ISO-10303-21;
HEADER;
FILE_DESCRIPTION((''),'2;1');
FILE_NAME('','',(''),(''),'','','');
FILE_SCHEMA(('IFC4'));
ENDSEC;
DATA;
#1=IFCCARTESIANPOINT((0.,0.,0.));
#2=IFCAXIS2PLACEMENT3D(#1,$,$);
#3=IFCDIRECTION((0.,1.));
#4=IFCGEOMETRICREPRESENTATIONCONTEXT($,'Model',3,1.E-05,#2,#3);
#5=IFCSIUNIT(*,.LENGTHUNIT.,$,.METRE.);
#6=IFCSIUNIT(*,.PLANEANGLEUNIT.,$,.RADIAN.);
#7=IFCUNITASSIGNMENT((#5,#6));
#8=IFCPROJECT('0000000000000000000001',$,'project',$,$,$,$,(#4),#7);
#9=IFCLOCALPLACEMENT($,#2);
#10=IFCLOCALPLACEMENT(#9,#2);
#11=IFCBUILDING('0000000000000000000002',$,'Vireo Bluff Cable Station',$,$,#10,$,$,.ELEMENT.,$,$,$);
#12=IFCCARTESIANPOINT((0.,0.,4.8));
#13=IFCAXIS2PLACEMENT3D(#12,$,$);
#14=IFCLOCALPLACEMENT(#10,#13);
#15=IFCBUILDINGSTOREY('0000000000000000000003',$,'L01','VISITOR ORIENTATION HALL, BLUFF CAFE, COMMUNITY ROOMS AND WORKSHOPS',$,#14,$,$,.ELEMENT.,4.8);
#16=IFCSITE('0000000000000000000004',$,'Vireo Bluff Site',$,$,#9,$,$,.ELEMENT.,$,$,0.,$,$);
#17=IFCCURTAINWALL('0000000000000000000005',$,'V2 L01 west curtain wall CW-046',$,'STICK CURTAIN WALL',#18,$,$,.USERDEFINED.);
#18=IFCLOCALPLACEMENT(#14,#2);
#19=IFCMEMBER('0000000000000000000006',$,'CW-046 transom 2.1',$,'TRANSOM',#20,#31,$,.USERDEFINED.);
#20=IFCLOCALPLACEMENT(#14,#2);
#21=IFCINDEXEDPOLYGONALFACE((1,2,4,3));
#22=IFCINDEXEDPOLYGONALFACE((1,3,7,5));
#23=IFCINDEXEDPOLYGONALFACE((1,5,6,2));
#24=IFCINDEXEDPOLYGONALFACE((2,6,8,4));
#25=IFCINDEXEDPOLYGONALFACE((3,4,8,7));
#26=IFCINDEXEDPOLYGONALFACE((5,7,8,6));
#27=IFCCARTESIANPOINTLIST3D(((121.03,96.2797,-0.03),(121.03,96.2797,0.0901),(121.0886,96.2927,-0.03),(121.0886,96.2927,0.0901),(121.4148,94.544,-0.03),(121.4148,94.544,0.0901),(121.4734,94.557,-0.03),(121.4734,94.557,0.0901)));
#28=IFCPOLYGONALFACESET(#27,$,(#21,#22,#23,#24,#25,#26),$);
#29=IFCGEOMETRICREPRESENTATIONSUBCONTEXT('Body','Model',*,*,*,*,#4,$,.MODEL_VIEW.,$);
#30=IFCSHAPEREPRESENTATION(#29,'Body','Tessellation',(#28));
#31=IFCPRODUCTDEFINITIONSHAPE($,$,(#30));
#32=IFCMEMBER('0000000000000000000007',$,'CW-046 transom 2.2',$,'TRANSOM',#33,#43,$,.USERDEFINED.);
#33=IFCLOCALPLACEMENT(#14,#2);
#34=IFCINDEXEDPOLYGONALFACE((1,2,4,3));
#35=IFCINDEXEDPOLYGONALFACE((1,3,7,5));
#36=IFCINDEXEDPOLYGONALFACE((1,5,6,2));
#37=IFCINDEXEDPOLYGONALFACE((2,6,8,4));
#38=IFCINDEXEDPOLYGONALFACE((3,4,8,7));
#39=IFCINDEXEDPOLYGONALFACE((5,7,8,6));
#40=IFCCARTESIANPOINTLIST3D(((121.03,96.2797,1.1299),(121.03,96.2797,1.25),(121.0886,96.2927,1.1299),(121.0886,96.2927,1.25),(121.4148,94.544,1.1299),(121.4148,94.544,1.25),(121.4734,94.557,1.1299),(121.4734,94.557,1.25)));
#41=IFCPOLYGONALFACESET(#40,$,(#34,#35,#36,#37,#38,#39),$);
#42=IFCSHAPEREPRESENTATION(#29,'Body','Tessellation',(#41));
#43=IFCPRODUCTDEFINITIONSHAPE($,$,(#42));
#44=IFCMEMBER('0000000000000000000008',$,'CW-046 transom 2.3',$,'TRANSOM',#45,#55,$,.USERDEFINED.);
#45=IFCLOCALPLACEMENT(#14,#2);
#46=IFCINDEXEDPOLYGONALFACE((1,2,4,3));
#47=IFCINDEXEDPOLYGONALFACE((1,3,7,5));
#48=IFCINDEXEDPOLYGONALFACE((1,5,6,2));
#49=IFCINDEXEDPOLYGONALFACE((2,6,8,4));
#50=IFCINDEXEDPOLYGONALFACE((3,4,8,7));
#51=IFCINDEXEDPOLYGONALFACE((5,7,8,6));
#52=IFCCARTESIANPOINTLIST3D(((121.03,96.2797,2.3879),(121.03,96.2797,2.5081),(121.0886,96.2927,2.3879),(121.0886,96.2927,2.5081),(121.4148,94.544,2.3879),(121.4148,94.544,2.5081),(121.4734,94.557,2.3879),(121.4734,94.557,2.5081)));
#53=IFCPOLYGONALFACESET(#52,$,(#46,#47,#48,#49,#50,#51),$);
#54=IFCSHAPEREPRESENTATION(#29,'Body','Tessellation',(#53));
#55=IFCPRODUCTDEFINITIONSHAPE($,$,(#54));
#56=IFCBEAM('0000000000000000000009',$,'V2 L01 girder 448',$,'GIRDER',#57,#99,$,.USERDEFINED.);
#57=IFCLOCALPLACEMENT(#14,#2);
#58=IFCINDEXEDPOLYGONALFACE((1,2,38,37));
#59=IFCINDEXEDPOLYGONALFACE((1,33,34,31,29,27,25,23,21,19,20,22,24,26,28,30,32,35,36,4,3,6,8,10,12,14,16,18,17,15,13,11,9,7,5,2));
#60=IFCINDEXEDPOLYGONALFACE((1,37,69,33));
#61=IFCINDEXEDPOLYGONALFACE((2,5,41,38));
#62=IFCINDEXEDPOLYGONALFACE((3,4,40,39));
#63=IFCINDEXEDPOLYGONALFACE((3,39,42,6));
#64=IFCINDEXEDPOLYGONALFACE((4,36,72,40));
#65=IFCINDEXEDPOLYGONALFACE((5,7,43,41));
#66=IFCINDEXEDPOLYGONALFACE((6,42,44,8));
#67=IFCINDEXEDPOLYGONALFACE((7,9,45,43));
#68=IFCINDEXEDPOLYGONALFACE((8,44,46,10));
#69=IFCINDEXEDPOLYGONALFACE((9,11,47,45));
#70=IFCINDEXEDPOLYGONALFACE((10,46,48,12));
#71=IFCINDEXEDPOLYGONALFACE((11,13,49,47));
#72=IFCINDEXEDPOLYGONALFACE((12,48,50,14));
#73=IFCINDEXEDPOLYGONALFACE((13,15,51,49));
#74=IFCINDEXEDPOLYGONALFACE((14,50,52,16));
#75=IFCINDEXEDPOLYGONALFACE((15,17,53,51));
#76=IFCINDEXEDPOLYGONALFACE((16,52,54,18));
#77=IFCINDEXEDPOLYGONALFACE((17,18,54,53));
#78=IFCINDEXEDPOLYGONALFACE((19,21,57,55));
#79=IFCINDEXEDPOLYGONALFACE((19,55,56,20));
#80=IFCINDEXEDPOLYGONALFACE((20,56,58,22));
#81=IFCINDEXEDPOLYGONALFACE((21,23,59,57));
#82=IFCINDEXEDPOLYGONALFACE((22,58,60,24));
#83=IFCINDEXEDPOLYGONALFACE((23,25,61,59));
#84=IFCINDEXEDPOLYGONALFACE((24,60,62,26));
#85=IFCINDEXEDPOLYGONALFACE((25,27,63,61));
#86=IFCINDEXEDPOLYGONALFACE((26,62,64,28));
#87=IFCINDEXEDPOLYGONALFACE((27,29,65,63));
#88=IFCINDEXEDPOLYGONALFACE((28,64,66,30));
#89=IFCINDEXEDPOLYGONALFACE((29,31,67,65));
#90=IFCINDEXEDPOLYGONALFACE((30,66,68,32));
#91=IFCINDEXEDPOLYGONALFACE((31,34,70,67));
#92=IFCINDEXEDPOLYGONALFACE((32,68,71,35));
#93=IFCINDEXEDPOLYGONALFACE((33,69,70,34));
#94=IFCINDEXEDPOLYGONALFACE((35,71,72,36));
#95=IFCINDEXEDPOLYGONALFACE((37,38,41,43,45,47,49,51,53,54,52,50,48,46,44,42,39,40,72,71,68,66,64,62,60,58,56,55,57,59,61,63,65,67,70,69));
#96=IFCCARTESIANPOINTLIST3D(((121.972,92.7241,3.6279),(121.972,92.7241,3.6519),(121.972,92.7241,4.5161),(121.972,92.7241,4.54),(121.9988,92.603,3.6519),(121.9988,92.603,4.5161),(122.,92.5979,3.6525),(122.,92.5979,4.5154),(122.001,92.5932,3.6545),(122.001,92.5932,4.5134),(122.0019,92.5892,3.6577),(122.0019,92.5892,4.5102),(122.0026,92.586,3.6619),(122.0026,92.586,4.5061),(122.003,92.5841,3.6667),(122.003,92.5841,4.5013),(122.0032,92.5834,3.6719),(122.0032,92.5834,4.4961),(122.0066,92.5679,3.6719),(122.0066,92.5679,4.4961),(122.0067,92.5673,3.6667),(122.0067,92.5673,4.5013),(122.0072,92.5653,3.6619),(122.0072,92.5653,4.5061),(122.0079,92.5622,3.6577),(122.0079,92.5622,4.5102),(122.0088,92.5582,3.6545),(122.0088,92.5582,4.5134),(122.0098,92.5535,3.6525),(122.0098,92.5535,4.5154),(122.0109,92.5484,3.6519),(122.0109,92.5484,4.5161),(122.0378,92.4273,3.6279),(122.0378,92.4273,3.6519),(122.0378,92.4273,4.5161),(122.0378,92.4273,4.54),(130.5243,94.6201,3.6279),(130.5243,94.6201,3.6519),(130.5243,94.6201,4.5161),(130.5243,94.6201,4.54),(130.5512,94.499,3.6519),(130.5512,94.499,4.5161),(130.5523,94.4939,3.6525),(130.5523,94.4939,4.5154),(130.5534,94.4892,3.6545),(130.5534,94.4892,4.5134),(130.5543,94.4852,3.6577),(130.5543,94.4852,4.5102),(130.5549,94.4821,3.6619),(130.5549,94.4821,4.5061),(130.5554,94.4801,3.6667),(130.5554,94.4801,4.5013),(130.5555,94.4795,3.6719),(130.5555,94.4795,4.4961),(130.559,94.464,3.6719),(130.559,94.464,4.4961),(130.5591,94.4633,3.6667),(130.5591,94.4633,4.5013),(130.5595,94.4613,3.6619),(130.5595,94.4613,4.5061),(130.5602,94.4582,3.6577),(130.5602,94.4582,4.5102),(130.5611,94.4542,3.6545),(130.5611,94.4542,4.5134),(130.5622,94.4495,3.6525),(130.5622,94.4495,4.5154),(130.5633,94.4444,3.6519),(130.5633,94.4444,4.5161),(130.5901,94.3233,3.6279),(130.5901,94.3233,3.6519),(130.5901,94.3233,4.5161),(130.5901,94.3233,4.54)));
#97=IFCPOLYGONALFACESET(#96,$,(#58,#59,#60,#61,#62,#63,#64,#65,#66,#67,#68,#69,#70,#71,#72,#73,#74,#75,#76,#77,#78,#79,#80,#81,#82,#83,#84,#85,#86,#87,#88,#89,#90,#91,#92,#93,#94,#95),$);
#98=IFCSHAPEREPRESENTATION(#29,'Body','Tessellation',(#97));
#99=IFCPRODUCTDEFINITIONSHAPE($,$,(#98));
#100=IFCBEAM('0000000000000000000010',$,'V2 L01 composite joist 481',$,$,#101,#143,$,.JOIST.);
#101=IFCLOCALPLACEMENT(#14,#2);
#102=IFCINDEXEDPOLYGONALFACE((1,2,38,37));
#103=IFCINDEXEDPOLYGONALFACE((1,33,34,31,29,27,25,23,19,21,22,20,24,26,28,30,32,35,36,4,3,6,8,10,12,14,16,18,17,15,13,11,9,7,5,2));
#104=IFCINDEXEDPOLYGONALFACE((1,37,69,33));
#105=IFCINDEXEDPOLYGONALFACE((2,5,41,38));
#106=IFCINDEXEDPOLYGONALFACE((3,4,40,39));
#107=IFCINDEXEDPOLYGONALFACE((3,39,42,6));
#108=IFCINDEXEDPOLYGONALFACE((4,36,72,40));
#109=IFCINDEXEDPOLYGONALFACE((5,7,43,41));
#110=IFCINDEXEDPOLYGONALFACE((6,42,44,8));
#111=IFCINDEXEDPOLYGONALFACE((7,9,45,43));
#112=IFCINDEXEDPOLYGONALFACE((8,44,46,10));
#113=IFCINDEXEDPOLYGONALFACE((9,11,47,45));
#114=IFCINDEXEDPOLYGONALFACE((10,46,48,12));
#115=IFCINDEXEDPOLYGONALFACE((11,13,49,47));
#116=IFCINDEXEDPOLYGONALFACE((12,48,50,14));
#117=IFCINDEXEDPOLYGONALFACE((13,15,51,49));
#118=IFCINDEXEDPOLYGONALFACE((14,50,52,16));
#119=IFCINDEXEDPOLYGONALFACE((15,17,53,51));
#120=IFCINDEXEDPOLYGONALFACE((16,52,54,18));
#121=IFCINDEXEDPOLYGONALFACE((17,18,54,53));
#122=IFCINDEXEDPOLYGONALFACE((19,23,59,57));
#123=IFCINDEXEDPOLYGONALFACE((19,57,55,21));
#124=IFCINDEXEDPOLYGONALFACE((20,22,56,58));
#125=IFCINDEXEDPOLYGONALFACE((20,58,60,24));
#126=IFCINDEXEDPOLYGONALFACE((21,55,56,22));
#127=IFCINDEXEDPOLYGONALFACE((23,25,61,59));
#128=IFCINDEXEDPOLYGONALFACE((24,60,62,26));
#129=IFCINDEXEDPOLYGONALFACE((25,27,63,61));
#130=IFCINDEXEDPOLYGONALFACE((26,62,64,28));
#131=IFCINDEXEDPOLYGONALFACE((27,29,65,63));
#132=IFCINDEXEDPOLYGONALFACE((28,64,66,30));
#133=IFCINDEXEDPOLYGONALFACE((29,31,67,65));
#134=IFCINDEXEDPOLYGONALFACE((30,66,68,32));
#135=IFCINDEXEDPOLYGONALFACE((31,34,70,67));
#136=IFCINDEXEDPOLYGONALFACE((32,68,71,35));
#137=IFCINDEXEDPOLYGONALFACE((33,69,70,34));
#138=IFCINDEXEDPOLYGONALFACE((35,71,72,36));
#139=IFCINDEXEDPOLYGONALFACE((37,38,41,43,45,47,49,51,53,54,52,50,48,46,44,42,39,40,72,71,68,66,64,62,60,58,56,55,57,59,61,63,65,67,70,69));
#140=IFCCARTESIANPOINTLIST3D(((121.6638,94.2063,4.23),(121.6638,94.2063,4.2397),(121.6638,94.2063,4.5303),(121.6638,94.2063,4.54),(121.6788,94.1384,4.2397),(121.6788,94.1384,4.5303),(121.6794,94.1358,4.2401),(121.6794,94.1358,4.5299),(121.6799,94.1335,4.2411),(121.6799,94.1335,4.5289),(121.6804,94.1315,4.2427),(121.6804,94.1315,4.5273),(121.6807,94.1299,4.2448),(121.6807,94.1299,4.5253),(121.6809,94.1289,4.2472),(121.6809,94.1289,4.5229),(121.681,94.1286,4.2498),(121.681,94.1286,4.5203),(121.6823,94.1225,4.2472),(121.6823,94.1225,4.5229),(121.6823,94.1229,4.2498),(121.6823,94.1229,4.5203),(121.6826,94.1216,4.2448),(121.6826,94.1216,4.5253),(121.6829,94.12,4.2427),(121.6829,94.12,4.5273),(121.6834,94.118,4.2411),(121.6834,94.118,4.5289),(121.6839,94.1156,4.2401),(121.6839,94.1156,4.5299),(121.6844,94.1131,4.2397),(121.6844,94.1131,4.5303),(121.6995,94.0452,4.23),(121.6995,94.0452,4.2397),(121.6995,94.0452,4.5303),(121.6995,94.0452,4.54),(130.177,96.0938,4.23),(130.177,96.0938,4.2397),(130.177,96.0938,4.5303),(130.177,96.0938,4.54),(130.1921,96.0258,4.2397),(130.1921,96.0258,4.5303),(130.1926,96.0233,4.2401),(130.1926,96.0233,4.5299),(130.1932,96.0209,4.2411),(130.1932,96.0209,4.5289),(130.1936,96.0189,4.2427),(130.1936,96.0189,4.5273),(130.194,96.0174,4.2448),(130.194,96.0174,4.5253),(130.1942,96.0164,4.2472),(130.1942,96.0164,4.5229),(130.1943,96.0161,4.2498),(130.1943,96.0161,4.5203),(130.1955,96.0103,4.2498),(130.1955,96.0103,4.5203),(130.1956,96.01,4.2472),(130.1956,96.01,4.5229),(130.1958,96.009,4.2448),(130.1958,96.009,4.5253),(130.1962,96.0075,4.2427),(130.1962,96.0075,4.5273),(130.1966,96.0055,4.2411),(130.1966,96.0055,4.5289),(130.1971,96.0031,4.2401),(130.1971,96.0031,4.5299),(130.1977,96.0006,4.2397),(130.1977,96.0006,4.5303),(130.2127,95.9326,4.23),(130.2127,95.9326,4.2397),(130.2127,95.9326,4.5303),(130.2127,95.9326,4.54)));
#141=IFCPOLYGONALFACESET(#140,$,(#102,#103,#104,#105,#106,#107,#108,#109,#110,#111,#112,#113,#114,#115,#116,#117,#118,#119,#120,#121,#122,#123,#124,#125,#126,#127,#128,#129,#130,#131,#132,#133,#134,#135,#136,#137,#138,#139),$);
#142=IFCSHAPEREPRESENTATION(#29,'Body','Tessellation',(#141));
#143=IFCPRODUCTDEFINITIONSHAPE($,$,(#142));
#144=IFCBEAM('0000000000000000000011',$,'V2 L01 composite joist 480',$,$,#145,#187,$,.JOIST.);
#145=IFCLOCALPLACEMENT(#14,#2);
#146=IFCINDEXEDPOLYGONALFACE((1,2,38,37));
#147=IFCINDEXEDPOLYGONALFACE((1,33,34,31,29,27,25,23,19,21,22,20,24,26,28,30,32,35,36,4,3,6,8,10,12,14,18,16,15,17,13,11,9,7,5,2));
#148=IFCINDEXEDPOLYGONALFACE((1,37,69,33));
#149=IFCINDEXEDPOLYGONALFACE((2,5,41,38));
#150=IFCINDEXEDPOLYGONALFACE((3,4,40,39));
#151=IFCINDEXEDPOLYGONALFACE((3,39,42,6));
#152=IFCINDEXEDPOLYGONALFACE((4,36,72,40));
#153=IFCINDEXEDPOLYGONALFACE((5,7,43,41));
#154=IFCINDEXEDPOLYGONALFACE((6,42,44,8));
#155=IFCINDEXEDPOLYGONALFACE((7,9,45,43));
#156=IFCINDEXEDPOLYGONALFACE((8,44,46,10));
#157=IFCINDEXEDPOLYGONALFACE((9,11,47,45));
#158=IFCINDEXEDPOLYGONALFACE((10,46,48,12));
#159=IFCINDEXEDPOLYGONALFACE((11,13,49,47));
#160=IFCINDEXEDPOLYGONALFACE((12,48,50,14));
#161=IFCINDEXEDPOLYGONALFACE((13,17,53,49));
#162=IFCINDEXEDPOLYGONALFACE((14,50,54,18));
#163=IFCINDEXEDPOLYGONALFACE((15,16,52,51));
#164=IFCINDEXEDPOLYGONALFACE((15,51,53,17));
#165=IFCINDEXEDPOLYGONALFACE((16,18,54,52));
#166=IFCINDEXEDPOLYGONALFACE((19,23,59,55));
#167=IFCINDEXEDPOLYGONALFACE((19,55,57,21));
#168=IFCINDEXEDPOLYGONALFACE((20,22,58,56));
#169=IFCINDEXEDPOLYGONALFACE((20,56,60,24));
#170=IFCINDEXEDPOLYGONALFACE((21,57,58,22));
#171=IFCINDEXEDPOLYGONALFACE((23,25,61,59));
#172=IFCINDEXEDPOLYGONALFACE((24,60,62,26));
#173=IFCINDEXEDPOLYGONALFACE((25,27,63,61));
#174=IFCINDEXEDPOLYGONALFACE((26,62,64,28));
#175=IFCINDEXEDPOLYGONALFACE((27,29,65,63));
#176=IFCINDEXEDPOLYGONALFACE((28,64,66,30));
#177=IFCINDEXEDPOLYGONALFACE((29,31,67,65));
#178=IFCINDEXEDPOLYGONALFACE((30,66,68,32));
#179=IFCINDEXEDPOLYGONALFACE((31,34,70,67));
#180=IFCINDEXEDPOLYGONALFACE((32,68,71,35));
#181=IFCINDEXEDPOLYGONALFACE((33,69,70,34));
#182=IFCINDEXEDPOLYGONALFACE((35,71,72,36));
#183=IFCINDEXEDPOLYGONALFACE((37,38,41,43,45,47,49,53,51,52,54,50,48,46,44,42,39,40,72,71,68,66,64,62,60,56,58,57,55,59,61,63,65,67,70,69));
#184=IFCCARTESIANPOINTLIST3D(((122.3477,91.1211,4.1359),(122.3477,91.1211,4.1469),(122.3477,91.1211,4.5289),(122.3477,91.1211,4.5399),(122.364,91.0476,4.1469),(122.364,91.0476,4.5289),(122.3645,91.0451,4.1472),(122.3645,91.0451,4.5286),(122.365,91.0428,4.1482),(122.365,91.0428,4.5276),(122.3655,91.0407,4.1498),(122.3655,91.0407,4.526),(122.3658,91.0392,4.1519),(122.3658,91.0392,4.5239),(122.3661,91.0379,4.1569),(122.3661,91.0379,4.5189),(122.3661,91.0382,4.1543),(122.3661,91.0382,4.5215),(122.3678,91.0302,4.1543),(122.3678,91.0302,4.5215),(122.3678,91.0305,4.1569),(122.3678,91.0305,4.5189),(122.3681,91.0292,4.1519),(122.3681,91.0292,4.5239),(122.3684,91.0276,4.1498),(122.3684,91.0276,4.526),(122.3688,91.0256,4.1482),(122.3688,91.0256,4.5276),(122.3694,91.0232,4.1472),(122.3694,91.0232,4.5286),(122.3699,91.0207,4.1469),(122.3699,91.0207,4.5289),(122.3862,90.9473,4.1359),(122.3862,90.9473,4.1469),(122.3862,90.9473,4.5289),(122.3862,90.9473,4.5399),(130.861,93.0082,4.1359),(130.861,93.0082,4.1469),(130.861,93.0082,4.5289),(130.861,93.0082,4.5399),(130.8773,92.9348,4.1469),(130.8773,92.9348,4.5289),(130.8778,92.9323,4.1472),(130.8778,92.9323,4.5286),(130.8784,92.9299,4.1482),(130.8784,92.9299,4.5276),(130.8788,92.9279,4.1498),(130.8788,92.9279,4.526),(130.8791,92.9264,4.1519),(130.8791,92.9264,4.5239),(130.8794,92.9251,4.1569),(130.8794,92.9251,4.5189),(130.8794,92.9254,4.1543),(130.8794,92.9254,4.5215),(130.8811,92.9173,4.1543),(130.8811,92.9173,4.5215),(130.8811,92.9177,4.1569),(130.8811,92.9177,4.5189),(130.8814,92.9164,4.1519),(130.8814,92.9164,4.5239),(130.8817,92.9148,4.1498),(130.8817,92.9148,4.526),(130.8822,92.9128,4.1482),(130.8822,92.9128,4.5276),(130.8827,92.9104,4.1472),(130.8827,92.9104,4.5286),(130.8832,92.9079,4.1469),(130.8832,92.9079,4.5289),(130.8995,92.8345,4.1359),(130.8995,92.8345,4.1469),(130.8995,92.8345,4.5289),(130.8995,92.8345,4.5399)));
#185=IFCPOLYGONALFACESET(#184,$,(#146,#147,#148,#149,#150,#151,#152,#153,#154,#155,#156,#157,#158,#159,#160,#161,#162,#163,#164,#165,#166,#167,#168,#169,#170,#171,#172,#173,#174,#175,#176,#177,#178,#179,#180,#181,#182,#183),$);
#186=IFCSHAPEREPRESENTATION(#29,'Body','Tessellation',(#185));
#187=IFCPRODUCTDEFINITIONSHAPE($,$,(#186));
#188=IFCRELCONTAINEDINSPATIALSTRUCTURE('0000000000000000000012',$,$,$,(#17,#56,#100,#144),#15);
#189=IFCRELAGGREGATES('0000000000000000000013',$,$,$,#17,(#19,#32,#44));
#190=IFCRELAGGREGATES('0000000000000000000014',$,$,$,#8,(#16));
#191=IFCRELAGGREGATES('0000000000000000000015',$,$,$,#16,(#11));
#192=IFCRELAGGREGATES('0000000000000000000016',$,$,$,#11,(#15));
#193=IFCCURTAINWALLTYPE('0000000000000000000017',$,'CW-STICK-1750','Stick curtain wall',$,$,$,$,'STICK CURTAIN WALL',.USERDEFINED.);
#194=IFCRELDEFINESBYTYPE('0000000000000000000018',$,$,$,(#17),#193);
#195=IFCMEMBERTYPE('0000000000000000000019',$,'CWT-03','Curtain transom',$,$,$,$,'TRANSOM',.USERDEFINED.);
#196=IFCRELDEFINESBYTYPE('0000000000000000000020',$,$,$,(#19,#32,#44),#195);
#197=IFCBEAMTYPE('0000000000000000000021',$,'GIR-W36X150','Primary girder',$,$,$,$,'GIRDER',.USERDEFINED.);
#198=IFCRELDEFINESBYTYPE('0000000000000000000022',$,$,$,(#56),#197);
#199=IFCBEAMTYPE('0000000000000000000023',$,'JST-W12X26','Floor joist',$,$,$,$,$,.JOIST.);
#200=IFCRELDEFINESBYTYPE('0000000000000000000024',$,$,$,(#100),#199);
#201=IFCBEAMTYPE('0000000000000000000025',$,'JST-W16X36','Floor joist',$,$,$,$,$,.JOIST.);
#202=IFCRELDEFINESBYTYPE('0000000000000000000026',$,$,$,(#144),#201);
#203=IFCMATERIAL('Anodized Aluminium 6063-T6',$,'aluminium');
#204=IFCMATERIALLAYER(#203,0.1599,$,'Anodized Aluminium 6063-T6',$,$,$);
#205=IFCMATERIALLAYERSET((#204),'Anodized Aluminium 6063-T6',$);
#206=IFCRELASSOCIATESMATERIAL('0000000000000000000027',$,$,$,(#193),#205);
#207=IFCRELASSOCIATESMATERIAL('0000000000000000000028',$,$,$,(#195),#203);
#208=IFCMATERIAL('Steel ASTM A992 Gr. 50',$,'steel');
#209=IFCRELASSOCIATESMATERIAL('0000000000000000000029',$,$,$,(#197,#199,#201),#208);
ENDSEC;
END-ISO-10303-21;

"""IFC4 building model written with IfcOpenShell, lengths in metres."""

from ifc_helpers import new_model, si_unit, direction, frame, origin, origin_2d, place, context, subcontext, project, spatial, rectangle, i_section, extrude, material, layer, layer_set, material_profile, profile_set, type_object, element, aggregate, save


model = new_model("IFC4")

# Units and contexts
model_context = context("Model", 3, precision=1e-05, world=origin(), true_north=direction((0.0, 1.0)))
body_context = subcontext(model_context, "Body", "Model", "MODEL_VIEW")
ifc_project = project(units=[si_unit("LENGTHUNIT", "METRE"), si_unit("PLANEANGLEUNIT", "RADIAN")], contexts=[model_context])

# Site, building, storey
site_placement = place(None, origin())
site = spatial("IfcSite", under=ifc_project, at=site_placement, Name="Vireo Bluff Site", CompositionType="ELEMENT", RefElevation=0.0)
building_placement = place(site_placement, origin())
building = spatial("IfcBuilding", under=site, at=building_placement, Name="Vireo Bluff Cable Station", CompositionType="ELEMENT")
storey_placement = place(building_placement, frame((0.0, 0.0, 4.8)))
storey = spatial("IfcBuildingStorey", under=building, at=storey_placement, Name="L01", Description="VISITOR ORIENTATION HALL, BLUFF CAFE, COMMUNITY ROOMS AND WORKSHOPS", CompositionType="ELEMENT", Elevation=4.8)

# Shared definitions
ifc_material_1 = material(Name="Steel ASTM A992 Gr. 50", Category="steel")

# Shared definitions
ifc_material_2 = material(Name="Anodized Aluminium 6063-T6", Category="aluminium")

# Curtain wall
ifc_layer_1 = layer(ifc_material_2, 0.1599, Name="Anodized Aluminium 6063-T6")
ifc_layer_set_1 = layer_set([ifc_layer_1], Name="Anodized Aluminium 6063-T6")
curtain_wall_type_1 = type_object("IfcCurtainWallType", Name="CW-STICK-1750", Description="Stick curtain wall", ElementType="STICK CURTAIN WALL", PredefinedType="USERDEFINED", material=ifc_layer_set_1)
curtain_wall_1_placement = place(storey_placement, origin())
curtain_wall_1 = element("IfcCurtainWall", 1, at=curtain_wall_1_placement, inside=storey, type_object=curtain_wall_type_1, Name="V2 L01 west curtain wall CW-046", ObjectType="STICK CURTAIN WALL", PredefinedType="USERDEFINED")

# Members
ifc_material_profile_1 = material_profile(ifc_material_2, rectangle(XDim=0.0601, YDim=0.1201, at=origin_2d()), Name="ALU-T-60X120")
ifc_profile_set_1 = profile_set([ifc_material_profile_1], Name="Anodized Aluminium 6063-T6")
member_type_1 = type_object("IfcMemberType", Name="CWT-03", Description="Curtain transom", ElementType="TRANSOM", PredefinedType="USERDEFINED", material=ifc_profile_set_1)
member_1_placement = place(storey_placement, frame((121.4441, 94.5505, 0.03), z_axis=(-0.216436, 0.976297, 0.0), x_axis=(-0.976297, -0.216436, 0.0)))
member_1 = element("IfcMember", 2, at=member_1_placement, type_object=member_type_1, Name="CW-046 transom 2.1", ObjectType="TRANSOM", PredefinedType="USERDEFINED", context=body_context, shape_type="SweptSolid", body=[
    extrude(rectangle(XDim=0.0601, YDim=0.1201, at=origin_2d()), origin(), (0.0, 0.0, 1.0), 1.7778),
])
member_2_placement = place(storey_placement, frame((121.4441, 94.5505, 1.1899), z_axis=(-0.216436, 0.976297, 0.0), x_axis=(-0.976297, -0.216436, 0.0)))
member_2 = element("IfcMember", 3, at=member_2_placement, type_object=member_type_1, Name="CW-046 transom 2.2", ObjectType="TRANSOM", PredefinedType="USERDEFINED", context=body_context, shape_type="SweptSolid", body=[
    extrude(rectangle(XDim=0.0601, YDim=0.1201, at=origin_2d()), origin(), (0.0, 0.0, 1.0), 1.7778),
])
member_3_placement = place(storey_placement, frame((121.4441, 94.5505, 2.448), z_axis=(-0.216436, 0.976297, 0.0), x_axis=(-0.976297, -0.216436, 0.0)))
member_3 = element("IfcMember", 4, at=member_3_placement, type_object=member_type_1, Name="CW-046 transom 2.3", ObjectType="TRANSOM", PredefinedType="USERDEFINED", context=body_context, shape_type="SweptSolid", body=[
    extrude(rectangle(XDim=0.0601, YDim=0.1201, at=origin_2d()), origin(), (0.0, 0.0, 1.0), 1.7778),
])

# Beams
ifc_material_profile_2 = material_profile(ifc_material_1, i_section(OverallWidth=0.304, OverallDepth=0.9121, WebThickness=0.0159, FlangeThickness=0.0239, FilletRadius=0.02, at=origin_2d()), Name="W36X150")
ifc_profile_set_2 = profile_set([ifc_material_profile_2], Name="Steel ASTM A992 Gr. 50")
beam_type_1 = type_object("IfcBeamType", Name="GIR-W36X150", Description="Primary girder", ElementType="GIRDER", PredefinedType="USERDEFINED", material=ifc_profile_set_2)
beam_1_placement = place(storey_placement, frame((122.0049, 92.5757, 4.084), z_axis=(0.976296, 0.216441, 0.0), x_axis=(-0.216441, 0.976296, 0.0)))
element("IfcBeam", 5, at=beam_1_placement, inside=storey, type_object=beam_type_1, Name="V2 L01 girder 448", ObjectType="GIRDER", PredefinedType="USERDEFINED", context=body_context, shape_type="SweptSolid", body=[
    extrude(i_section(OverallWidth=0.304, OverallDepth=0.9121, WebThickness=0.0159, FlangeThickness=0.0239, FilletRadius=0.02, at=origin_2d()), origin(), (0.0, 0.0, 1.0), 8.76),
])
ifc_material_profile_3 = material_profile(ifc_material_1, i_section(OverallWidth=0.165, OverallDepth=0.3101, WebThickness=0.0059, FlangeThickness=0.0098, FilletRadius=0.01, at=origin_2d()), Name="W12X26")
ifc_profile_set_3 = profile_set([ifc_material_profile_3], Name="Steel ASTM A992 Gr. 50")
beam_type_2 = type_object("IfcBeamType", Name="JST-W12X26", Description="Floor joist", PredefinedType="JOIST", material=ifc_profile_set_3)
beam_2_placement = place(storey_placement, frame((121.6816, 94.1257, 4.385), z_axis=(0.976293, 0.216453, 0.0), x_axis=(-0.216453, 0.976293, 0.0)))
element("IfcBeam", 6, at=beam_2_placement, inside=storey, type_object=beam_type_2, Name="V2 L01 composite joist 481", PredefinedType="JOIST", context=body_context, shape_type="SweptSolid", body=[
    extrude(i_section(OverallWidth=0.165, OverallDepth=0.3101, WebThickness=0.0059, FlangeThickness=0.0098, FilletRadius=0.01, at=origin_2d()), origin(), (0.0, 0.0, 1.0), 8.72),
])
ifc_material_profile_4 = material_profile(ifc_material_1, i_section(OverallWidth=0.178, OverallDepth=0.4041, WebThickness=0.0076, FlangeThickness=0.011, FilletRadius=0.01, at=origin_2d()), Name="W16X36")
ifc_profile_set_4 = profile_set([ifc_material_profile_4], Name="Steel ASTM A992 Gr. 50")
beam_type_3 = type_object("IfcBeamType", Name="JST-W16X36", Description="Floor joist", PredefinedType="JOIST", material=ifc_profile_set_4)
beam_3_placement = place(storey_placement, frame((122.3669, 91.0342, 4.3379), z_axis=(0.9763, 0.216421, 0.0), x_axis=(-0.216421, 0.9763, 0.0)))
element("IfcBeam", 7, at=beam_3_placement, inside=storey, type_object=beam_type_3, Name="V2 L01 composite joist 480", PredefinedType="JOIST", context=body_context, shape_type="SweptSolid", body=[
    extrude(i_section(OverallWidth=0.178, OverallDepth=0.4041, WebThickness=0.0076, FlangeThickness=0.011, FilletRadius=0.01, at=origin_2d()), origin(), (0.0, 0.0, 1.0), 8.72),
])

aggregate(curtain_wall_1, [member_1, member_2, member_3])

save(model, "model.ifc")
